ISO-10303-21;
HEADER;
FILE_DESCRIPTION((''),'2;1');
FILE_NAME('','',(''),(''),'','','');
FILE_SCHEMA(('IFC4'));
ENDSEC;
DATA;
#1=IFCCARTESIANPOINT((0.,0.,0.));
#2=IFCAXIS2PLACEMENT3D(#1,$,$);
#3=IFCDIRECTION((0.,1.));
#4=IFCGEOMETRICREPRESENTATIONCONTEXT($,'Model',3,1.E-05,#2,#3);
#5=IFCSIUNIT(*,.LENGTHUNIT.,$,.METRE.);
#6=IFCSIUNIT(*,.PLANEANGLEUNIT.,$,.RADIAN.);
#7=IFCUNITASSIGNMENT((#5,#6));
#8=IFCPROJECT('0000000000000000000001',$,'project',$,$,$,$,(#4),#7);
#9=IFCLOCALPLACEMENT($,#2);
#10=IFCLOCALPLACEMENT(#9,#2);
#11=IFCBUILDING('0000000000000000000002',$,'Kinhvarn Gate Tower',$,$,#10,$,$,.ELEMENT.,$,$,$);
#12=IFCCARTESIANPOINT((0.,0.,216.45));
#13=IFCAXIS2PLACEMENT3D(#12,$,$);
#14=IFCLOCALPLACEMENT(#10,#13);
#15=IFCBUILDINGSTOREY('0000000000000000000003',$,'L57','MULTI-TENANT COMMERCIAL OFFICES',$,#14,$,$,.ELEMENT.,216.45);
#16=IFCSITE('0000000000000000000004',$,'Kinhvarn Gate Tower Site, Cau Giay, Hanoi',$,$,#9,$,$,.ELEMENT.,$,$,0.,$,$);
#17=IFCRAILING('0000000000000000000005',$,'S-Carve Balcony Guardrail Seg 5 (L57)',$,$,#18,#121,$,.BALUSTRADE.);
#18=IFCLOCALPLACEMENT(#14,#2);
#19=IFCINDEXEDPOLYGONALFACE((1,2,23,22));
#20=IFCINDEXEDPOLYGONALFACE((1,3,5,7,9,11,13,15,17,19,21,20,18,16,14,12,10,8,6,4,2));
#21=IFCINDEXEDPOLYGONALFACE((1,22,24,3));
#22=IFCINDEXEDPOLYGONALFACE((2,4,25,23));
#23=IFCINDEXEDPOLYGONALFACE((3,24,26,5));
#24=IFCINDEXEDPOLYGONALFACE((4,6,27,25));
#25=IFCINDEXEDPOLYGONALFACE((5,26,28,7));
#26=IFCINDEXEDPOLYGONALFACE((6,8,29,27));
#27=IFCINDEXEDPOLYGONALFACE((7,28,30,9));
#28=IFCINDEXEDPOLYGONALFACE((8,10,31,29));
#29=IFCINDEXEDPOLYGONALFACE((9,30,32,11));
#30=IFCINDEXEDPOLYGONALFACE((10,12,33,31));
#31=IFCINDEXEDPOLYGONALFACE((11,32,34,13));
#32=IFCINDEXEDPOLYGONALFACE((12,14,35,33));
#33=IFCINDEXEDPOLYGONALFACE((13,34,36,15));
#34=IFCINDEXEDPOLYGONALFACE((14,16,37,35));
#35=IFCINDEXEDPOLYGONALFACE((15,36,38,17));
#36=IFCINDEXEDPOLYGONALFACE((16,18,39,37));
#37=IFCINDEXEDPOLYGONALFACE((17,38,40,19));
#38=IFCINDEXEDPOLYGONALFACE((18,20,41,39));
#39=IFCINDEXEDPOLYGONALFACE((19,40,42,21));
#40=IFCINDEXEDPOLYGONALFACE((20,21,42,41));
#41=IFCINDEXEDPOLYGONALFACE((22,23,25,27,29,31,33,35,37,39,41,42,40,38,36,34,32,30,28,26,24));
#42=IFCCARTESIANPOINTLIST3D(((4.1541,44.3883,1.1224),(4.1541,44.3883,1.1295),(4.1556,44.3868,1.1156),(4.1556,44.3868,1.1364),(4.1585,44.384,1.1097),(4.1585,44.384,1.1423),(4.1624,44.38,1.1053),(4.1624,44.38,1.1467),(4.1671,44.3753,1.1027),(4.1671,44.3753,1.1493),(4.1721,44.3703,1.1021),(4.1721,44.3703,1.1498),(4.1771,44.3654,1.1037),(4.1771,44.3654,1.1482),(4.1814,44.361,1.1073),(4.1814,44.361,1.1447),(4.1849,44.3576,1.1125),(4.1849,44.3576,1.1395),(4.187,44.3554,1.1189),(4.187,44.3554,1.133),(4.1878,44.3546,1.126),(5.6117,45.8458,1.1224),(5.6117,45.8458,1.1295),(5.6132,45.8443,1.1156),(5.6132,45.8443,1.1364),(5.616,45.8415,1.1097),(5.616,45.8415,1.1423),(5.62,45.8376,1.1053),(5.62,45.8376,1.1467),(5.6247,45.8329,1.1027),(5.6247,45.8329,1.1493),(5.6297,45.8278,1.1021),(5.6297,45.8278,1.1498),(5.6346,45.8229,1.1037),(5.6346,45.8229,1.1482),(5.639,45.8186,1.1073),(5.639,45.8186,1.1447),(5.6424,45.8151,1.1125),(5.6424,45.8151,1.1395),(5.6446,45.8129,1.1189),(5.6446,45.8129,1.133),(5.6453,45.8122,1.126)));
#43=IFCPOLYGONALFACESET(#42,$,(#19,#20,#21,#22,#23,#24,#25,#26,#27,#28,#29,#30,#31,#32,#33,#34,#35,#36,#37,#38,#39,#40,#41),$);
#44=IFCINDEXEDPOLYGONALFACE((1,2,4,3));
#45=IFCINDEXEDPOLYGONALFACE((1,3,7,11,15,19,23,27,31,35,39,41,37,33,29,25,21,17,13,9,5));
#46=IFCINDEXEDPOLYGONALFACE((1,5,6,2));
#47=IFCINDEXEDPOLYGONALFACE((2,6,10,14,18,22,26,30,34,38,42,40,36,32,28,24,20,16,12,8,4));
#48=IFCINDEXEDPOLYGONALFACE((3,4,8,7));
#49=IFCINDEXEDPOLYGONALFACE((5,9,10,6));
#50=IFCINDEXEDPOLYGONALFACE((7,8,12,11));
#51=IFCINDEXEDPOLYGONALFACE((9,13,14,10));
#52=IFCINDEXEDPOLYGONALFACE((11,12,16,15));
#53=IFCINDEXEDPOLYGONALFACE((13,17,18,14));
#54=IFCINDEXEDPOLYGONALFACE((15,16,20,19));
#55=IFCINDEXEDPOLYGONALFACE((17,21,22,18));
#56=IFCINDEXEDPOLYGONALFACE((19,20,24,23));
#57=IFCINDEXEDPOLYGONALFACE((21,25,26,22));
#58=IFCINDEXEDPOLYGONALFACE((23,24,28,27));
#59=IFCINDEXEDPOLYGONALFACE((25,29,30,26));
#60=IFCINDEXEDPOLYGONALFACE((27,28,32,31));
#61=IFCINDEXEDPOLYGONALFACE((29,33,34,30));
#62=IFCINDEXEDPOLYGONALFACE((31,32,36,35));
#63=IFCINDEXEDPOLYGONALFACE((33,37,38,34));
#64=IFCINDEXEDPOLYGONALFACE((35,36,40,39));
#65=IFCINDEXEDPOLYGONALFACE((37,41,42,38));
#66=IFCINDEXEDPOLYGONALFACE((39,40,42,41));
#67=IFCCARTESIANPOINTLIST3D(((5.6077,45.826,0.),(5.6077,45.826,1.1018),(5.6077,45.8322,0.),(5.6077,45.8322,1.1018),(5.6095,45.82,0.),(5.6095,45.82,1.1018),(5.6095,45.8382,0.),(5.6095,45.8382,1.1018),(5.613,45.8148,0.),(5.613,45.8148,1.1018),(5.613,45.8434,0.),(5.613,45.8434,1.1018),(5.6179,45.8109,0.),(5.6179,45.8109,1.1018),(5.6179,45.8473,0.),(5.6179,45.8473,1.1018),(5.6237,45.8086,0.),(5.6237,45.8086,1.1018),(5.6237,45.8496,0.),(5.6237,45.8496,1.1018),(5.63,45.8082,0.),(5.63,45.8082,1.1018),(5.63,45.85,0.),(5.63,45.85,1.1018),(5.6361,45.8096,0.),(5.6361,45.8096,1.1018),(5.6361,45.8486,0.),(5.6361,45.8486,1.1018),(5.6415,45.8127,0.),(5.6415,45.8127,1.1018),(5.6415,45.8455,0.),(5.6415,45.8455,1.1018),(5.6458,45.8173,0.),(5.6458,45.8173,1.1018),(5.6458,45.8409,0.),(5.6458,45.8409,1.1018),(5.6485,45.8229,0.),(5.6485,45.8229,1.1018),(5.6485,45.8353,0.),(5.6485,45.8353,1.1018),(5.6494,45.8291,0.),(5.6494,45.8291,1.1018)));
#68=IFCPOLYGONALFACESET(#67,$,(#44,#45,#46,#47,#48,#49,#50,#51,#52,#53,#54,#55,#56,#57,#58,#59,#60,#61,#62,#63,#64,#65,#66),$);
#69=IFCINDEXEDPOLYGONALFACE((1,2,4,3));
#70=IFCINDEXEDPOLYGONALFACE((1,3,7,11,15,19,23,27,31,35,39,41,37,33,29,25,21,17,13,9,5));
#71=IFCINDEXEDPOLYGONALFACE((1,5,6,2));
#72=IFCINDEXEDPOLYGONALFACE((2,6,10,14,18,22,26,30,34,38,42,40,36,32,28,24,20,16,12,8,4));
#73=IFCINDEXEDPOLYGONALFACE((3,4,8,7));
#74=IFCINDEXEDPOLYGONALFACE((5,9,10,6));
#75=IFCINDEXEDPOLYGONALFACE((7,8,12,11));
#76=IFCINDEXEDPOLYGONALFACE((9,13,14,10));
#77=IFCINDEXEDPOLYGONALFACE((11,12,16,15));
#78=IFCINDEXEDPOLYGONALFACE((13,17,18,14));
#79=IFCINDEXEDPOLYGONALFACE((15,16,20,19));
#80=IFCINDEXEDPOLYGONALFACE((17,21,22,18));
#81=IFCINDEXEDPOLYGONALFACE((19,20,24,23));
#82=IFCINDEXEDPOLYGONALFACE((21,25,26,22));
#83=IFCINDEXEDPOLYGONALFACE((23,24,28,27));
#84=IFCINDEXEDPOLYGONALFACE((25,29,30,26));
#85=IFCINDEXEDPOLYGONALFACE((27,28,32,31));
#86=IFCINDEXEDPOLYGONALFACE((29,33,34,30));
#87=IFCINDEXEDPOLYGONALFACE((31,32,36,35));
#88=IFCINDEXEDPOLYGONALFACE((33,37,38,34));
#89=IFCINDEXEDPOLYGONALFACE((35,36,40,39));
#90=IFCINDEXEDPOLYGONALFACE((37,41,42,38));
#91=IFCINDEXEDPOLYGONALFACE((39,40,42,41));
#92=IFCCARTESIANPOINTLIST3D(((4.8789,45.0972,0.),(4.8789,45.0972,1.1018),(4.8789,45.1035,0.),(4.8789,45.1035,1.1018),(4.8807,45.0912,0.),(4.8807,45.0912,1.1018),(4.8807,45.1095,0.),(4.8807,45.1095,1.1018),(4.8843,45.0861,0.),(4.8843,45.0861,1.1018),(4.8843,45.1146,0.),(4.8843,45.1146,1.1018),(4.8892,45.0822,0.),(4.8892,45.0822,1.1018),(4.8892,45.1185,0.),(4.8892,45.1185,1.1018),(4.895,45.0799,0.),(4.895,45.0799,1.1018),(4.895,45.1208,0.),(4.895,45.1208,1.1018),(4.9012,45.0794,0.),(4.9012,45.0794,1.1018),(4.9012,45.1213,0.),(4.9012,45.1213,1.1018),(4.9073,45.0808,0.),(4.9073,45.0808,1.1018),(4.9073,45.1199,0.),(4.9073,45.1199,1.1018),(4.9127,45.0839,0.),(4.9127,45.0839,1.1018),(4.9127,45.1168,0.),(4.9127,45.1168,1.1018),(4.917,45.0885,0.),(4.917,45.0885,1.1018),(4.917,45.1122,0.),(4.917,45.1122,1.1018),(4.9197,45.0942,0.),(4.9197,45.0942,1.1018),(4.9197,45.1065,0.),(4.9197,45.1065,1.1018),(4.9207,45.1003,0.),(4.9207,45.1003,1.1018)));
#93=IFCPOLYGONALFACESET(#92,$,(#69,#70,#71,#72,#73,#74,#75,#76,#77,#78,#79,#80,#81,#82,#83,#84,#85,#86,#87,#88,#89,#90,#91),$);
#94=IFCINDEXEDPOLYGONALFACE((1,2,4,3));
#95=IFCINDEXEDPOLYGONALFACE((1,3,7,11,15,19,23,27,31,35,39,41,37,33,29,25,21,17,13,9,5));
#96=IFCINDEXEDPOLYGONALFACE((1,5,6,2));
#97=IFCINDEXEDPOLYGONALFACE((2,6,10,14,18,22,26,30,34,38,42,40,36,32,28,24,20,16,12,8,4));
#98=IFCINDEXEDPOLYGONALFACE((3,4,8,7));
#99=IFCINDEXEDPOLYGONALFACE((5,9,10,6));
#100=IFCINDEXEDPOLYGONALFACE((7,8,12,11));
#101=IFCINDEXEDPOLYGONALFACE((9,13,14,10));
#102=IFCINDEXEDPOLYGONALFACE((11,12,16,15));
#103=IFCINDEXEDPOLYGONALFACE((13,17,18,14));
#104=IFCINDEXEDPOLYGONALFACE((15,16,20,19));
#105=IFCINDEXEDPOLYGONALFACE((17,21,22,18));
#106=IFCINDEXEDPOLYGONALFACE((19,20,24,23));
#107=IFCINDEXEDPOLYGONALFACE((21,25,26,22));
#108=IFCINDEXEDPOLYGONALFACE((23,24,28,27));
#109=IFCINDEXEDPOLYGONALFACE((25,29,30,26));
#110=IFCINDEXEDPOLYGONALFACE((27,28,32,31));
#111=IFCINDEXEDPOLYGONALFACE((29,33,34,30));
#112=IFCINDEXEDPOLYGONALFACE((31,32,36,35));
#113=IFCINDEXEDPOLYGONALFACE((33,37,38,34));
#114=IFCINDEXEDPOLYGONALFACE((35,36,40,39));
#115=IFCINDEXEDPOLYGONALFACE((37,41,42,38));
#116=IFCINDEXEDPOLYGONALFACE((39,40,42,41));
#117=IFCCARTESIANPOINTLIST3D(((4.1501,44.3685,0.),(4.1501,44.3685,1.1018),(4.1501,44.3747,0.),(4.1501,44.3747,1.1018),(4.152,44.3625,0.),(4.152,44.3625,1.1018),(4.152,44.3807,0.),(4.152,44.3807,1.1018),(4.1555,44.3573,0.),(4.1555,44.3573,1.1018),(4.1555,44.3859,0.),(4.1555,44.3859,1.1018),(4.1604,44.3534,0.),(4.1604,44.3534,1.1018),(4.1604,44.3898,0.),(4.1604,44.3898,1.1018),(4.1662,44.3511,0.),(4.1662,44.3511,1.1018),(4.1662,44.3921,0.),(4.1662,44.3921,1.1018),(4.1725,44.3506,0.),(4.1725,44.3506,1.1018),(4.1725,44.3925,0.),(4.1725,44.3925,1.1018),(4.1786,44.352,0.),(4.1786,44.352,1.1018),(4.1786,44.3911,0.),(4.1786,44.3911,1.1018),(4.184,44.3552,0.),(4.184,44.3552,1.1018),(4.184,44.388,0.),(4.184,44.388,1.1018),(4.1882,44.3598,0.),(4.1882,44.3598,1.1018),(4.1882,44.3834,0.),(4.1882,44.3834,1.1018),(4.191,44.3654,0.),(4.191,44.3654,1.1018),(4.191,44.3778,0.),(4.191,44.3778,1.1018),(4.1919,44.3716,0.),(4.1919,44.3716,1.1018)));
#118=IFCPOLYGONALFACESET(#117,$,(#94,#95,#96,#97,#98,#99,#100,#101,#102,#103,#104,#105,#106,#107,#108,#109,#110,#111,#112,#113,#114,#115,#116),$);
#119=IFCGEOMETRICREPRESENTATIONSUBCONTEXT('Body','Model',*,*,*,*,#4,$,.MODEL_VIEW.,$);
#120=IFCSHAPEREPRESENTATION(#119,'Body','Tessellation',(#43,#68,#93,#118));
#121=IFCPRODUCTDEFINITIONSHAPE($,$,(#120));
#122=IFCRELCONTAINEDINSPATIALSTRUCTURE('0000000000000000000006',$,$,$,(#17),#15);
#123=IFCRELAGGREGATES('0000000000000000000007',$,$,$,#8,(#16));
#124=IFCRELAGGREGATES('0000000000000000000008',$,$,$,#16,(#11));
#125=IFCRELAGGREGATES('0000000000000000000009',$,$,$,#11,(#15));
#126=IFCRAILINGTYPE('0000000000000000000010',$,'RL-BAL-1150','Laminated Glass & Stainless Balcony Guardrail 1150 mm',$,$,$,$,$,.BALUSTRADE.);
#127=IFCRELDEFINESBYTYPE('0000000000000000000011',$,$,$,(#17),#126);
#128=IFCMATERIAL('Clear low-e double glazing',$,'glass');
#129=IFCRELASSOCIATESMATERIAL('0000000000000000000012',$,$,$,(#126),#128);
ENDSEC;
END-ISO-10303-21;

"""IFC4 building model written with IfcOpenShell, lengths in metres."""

from ifc_helpers import new_model, si_unit, direction, frame, origin, origin_2d, place, context, subcontext, project, spatial, circle, extrude, material, type_object, element, save


model = new_model("IFC4")

# Units and contexts
model_context = context("Model", 3, precision=1e-05, world=origin(), true_north=direction((0.0, 1.0)))
body_context = subcontext(model_context, "Body", "Model", "MODEL_VIEW")
ifc_project = project(units=[si_unit("LENGTHUNIT", "METRE"), si_unit("PLANEANGLEUNIT", "RADIAN")], contexts=[model_context])

# Site, building, storey
site_placement = place(None, origin())
site = spatial("IfcSite", under=ifc_project, at=site_placement, Name="Kinhvarn Gate Tower Site, Cau Giay, Hanoi", CompositionType="ELEMENT", RefElevation=0.0)
building_placement = place(site_placement, origin())
building = spatial("IfcBuilding", under=site, at=building_placement, Name="Kinhvarn Gate Tower", CompositionType="ELEMENT")
storey_placement = place(building_placement, frame((0.0, 0.0, 216.45)))
storey = spatial("IfcBuildingStorey", under=building, at=storey_placement, Name="L57", Description="MULTI-TENANT COMMERCIAL OFFICES", CompositionType="ELEMENT", Elevation=216.45)

# Shared definitions
ifc_material_1 = material(Name="Clear low-e double glazing", Category="glass")

# Railing
railing_type = type_object("IfcRailingType", Name="RL-BAL-1150", Description="Laminated Glass & Stainless Balcony Guardrail 1150 mm", PredefinedType="BALUSTRADE", material=ifc_material_1)
railing_1_placement = place(storey_placement, frame((5.6284, 45.8291, 0.0)))
element("IfcRailing", 1, at=railing_1_placement, inside=storey, type_object=railing_type, Name="S-Carve Balcony Guardrail Seg 5 (L57)", PredefinedType="BALUSTRADE", context=body_context, shape_type="SweptSolid", body=[
    extrude(circle(Radius=0.0239, at=origin_2d()), frame((0.0, 0.0, 1.126), z_axis=(-0.707107, -0.707107, 0.0), x_axis=(0.707107, -0.707107, 0.0)), (0.0, 0.0, 1.0), 2.0613),
    extrude(circle(Radius=0.021, at=origin_2d()), origin(), (0.0, 0.0, 1.0), 1.1018),
    extrude(circle(Radius=0.021, at=origin_2d()), frame((-0.7288, -0.7288, 0.0)), (0.0, 0.0, 1.0), 1.1018),
    extrude(circle(Radius=0.021, at=origin_2d()), frame((-1.4575, -1.4575, 0.0)), (0.0, 0.0, 1.0), 1.1018),
])

save(model, "model.ifc")
